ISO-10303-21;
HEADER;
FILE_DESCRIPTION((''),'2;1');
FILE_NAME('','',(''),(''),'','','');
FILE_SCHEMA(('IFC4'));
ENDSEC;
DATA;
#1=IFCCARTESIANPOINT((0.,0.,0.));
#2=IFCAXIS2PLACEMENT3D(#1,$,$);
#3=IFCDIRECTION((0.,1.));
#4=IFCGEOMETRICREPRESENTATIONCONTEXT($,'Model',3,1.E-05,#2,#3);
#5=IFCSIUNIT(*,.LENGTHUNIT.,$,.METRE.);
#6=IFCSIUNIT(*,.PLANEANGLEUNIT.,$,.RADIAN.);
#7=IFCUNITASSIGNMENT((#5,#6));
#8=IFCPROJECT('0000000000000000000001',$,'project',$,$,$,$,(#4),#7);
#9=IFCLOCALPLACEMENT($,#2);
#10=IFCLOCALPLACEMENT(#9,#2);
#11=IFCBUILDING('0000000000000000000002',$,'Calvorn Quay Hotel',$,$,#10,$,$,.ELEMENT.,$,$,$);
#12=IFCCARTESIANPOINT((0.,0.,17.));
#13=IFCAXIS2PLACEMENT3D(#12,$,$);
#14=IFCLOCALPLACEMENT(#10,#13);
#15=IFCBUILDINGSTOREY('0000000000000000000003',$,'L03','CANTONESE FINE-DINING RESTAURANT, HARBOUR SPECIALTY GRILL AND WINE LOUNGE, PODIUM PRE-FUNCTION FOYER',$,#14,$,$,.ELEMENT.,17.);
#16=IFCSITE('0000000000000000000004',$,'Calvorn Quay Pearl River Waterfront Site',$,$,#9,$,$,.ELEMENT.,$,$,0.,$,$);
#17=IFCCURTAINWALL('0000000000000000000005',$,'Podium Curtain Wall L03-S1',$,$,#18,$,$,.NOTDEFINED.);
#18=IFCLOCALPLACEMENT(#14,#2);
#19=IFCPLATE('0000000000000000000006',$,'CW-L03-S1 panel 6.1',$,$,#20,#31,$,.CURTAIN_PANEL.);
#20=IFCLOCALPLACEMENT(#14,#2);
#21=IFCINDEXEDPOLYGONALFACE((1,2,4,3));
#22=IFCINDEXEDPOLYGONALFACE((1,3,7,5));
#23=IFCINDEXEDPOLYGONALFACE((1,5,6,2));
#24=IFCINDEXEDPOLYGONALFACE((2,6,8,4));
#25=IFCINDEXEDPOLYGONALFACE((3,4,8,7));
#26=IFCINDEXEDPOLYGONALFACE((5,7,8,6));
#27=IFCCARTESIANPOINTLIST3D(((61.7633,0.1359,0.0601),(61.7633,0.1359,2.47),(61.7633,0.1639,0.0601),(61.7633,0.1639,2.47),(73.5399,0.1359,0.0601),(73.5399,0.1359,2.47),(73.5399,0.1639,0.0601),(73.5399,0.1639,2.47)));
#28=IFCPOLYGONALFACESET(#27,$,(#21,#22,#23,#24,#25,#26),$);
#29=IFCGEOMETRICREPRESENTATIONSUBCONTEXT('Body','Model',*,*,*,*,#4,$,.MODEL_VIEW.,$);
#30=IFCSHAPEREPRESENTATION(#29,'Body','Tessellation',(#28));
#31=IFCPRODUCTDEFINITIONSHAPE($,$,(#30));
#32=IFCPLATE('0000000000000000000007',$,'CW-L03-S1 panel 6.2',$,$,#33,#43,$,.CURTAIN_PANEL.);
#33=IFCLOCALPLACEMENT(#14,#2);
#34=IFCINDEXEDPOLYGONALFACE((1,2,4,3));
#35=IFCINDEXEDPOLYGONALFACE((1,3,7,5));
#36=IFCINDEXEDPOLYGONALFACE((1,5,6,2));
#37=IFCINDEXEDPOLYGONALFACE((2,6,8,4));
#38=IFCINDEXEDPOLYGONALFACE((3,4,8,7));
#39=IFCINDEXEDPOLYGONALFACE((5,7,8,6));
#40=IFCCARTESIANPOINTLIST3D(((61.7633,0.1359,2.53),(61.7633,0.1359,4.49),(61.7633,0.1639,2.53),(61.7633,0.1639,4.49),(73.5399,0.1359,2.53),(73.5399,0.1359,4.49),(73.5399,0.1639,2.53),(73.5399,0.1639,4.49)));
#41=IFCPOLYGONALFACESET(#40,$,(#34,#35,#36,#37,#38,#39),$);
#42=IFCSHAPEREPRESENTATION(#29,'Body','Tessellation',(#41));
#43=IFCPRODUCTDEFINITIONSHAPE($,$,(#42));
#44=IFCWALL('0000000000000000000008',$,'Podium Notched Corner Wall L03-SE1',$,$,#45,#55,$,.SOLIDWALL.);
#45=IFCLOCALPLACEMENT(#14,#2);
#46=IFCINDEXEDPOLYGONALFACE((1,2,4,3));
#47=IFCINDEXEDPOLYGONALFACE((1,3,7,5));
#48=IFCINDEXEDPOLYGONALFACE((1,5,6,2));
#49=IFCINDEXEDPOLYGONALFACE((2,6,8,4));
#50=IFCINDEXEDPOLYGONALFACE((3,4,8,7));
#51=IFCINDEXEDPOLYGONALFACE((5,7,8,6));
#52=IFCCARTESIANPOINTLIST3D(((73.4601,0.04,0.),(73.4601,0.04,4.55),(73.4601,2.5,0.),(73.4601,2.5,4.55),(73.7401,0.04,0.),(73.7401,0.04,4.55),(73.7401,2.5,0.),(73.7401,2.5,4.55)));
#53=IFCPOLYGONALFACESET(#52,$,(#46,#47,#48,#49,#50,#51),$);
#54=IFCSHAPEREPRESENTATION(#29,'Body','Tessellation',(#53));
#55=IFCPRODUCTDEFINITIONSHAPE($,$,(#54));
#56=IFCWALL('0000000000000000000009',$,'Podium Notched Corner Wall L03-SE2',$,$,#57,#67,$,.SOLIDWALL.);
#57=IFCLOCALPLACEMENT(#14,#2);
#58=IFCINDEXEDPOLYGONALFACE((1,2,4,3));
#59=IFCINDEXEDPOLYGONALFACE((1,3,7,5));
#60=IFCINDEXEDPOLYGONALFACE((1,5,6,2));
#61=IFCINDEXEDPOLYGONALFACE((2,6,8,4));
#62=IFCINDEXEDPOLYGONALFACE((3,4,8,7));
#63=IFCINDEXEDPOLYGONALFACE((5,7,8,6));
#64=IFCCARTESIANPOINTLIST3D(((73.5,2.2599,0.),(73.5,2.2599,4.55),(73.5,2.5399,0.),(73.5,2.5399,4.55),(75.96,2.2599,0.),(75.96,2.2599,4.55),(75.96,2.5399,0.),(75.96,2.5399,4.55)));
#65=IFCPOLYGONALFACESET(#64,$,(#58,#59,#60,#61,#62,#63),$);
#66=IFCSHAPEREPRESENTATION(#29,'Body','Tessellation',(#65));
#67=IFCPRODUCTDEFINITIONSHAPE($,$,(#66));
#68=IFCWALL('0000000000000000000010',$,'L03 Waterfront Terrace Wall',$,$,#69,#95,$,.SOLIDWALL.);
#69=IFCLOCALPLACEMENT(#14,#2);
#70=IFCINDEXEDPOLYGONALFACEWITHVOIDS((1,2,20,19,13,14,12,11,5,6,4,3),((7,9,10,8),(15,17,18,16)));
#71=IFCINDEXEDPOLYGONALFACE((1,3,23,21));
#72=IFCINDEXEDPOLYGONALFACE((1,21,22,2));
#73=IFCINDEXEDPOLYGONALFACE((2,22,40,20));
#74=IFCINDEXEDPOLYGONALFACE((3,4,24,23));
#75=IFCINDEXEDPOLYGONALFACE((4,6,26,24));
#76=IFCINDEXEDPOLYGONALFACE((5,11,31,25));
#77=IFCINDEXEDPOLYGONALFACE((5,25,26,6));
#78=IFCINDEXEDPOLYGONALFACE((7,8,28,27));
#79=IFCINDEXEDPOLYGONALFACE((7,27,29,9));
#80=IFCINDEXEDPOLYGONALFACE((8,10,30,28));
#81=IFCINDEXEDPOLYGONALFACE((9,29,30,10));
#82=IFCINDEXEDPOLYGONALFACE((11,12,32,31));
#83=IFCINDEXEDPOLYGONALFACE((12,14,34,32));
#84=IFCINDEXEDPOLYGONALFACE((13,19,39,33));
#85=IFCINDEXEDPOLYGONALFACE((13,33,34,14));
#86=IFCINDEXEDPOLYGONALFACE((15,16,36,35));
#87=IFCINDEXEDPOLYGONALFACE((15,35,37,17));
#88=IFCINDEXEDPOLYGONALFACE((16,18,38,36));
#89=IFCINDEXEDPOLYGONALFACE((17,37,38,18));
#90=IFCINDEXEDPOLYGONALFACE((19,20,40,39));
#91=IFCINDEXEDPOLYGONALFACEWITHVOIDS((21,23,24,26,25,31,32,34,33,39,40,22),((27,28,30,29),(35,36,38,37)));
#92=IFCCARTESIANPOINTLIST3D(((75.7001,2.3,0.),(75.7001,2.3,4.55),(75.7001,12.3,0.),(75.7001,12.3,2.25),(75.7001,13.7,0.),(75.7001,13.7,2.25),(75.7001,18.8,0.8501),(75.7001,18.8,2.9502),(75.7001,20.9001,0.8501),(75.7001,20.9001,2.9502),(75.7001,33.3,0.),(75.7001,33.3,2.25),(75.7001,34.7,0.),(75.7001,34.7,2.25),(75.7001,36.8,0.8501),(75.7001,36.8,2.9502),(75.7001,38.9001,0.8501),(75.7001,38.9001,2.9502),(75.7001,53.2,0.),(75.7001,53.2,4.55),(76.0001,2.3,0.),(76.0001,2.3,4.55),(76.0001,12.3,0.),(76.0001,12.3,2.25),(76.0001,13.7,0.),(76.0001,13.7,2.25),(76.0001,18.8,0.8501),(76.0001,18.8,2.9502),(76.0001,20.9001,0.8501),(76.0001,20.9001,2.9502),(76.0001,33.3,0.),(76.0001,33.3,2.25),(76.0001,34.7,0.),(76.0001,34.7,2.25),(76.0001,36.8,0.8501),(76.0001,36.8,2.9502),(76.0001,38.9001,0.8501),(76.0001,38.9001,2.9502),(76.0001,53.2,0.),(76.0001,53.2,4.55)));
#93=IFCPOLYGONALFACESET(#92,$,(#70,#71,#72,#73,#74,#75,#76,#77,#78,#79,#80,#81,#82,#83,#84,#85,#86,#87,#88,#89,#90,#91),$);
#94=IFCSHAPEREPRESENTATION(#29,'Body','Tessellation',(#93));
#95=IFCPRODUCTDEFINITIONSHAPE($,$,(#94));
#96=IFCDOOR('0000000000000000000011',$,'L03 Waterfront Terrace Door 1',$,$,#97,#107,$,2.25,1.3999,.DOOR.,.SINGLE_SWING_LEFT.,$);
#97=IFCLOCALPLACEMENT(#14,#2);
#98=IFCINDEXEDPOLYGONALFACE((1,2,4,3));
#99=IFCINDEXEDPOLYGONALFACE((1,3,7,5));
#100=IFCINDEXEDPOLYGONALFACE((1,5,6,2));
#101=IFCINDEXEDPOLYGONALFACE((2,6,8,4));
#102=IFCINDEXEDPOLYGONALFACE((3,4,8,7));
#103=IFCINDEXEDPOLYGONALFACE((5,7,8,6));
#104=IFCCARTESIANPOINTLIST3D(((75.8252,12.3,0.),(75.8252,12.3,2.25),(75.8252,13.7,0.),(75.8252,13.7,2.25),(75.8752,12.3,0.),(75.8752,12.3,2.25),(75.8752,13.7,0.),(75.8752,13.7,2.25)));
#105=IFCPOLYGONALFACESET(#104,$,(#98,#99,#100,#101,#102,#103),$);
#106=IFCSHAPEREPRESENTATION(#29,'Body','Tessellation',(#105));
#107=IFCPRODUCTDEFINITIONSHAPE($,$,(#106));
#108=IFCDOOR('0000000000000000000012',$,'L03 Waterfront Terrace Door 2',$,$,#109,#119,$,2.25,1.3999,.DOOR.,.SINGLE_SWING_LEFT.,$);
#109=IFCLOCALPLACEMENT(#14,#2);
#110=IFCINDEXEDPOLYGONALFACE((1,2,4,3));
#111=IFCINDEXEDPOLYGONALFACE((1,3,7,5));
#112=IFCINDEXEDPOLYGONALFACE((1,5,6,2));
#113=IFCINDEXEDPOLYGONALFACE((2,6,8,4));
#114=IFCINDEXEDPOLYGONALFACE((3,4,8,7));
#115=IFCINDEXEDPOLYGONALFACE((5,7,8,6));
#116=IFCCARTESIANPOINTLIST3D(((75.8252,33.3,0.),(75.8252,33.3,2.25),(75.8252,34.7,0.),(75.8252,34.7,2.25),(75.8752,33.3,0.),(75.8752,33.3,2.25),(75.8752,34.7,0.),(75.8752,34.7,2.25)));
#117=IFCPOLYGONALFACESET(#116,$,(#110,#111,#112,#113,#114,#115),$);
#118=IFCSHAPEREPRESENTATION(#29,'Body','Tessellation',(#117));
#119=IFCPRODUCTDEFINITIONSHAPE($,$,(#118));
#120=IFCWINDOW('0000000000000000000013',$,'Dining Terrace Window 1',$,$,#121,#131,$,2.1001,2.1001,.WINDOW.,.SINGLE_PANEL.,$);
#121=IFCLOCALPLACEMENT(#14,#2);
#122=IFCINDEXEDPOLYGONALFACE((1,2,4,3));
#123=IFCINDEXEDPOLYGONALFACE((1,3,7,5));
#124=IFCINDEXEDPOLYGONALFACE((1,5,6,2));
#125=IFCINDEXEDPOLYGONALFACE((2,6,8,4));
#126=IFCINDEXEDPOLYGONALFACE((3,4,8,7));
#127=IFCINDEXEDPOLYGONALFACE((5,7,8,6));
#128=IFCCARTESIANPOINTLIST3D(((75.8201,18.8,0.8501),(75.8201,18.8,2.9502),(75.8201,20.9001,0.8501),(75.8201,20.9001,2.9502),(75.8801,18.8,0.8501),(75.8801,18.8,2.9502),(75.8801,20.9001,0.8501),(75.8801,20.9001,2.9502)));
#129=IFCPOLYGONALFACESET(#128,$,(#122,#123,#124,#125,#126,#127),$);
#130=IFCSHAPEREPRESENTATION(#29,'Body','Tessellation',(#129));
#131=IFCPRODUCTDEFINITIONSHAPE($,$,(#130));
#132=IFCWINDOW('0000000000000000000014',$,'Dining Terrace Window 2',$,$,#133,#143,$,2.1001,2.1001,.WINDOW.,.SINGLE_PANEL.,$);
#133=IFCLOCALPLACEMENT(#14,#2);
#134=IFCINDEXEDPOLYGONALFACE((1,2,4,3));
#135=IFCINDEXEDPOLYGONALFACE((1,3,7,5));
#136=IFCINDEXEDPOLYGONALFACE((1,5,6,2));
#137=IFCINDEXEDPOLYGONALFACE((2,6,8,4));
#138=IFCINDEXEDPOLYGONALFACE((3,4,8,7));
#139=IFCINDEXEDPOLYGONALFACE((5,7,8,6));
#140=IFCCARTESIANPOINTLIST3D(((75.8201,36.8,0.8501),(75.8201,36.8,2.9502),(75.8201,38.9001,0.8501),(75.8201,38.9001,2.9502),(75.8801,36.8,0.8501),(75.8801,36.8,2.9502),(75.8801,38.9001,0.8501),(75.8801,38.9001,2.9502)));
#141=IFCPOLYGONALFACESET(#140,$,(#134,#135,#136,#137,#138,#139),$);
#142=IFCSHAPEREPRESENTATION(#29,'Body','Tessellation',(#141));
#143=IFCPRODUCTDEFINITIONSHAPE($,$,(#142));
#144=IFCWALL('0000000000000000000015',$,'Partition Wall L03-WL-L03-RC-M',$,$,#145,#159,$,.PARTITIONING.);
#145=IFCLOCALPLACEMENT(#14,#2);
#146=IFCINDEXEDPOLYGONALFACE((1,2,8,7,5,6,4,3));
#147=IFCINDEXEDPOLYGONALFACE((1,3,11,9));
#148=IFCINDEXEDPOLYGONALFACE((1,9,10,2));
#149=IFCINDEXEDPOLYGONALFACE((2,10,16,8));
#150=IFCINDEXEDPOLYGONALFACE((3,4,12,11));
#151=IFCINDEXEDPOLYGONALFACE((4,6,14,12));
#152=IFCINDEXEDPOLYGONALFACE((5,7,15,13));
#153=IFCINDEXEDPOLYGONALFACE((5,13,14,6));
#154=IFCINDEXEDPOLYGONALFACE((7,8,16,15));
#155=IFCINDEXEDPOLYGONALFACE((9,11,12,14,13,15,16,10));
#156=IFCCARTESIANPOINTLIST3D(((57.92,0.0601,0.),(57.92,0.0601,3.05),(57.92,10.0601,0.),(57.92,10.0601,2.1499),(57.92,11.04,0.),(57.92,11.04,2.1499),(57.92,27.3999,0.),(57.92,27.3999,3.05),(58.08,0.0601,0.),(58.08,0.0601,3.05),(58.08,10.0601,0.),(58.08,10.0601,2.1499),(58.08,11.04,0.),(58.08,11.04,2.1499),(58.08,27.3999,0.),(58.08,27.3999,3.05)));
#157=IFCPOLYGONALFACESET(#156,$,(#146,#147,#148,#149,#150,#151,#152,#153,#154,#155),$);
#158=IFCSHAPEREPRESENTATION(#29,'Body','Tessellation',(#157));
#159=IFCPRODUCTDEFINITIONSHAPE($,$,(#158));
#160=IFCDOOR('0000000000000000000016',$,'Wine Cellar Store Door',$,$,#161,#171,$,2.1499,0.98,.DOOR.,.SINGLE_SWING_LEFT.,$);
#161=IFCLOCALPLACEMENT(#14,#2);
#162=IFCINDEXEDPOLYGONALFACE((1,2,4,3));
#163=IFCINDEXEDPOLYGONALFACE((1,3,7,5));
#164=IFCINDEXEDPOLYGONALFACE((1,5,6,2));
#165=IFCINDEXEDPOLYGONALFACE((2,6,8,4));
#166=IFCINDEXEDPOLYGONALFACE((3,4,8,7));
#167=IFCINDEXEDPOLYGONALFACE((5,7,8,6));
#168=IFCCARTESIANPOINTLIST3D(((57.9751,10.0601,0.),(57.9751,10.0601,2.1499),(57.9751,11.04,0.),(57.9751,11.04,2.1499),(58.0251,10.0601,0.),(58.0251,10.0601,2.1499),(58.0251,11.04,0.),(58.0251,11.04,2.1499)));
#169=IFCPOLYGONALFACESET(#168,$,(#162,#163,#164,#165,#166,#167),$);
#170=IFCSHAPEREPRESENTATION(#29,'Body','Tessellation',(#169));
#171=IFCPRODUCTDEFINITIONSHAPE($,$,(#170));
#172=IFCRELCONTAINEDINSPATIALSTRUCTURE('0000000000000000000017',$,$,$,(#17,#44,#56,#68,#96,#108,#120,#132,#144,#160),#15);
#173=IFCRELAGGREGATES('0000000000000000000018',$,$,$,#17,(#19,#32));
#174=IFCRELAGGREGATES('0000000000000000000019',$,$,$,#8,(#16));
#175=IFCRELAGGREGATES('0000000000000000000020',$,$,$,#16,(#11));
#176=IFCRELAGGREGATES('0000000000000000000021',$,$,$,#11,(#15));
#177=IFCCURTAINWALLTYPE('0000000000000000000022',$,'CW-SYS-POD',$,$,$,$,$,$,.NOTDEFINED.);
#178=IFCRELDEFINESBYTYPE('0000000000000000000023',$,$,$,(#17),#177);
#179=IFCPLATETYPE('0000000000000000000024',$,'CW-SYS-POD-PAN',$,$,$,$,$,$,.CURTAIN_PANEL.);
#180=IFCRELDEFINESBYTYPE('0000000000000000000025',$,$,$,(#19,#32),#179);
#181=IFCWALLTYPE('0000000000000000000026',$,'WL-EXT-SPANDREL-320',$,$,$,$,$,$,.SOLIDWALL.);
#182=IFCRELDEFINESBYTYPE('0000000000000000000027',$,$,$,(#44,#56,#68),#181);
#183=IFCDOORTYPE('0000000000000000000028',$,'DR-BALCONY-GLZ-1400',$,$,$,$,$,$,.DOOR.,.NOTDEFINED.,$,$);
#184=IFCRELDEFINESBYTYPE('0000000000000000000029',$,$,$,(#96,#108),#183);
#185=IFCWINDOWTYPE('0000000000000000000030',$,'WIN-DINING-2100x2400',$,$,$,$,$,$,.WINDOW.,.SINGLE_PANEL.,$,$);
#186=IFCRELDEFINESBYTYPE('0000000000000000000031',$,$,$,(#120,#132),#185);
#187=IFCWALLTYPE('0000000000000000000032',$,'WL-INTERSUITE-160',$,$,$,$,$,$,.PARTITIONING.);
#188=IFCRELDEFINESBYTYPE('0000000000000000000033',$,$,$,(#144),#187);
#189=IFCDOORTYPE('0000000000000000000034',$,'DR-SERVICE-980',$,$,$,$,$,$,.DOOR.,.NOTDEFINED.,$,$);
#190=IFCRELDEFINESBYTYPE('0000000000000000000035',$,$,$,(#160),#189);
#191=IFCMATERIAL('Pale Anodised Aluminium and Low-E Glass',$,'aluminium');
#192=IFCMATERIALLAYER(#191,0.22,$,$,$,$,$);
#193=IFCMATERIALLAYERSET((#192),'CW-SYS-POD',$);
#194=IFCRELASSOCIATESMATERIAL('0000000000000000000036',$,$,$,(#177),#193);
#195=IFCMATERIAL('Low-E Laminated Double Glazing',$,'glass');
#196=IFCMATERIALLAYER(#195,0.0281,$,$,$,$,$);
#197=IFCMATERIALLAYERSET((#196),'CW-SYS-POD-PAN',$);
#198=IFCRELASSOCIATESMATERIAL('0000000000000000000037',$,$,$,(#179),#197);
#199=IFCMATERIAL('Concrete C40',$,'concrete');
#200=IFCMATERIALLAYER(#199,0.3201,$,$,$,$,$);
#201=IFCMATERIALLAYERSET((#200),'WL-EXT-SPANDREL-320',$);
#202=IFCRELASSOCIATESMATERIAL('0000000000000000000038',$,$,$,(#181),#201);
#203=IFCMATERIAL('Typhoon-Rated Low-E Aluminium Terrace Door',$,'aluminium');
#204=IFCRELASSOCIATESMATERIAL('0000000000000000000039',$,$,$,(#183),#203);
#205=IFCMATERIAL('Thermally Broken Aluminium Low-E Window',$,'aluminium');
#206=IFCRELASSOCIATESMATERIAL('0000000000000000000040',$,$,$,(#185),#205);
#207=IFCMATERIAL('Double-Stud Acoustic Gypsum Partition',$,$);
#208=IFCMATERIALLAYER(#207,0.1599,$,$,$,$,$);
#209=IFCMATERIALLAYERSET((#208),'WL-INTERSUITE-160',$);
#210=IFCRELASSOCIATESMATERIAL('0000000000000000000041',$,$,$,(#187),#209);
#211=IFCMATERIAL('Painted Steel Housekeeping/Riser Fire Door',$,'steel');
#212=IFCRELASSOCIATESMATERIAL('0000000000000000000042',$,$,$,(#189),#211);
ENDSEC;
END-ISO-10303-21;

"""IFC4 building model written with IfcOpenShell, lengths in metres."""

from ifc_helpers import new_model, si_unit, direction, frame, frame_2d, origin, origin_2d, place, context, subcontext, project, spatial, rectangle, extrude, material, layer, layer_set, type_object, element, fill, aggregate, save


model = new_model("IFC4")

# Units and contexts
model_context = context("Model", 3, precision=1e-05, world=origin(), true_north=direction((0.0, 1.0)))
body_context = subcontext(model_context, "Body", "Model", "MODEL_VIEW")
ifc_project = project(units=[si_unit("LENGTHUNIT", "METRE"), si_unit("PLANEANGLEUNIT", "RADIAN")], contexts=[model_context])

# Site, building, storey
site_placement = place(None, origin())
site = spatial("IfcSite", under=ifc_project, at=site_placement, Name="Calvorn Quay Pearl River Waterfront Site", CompositionType="ELEMENT", RefElevation=0.0)
building_placement = place(site_placement, origin())
building = spatial("IfcBuilding", under=site, at=building_placement, Name="Calvorn Quay Hotel", CompositionType="ELEMENT")
storey_placement = place(building_placement, frame((0.0, 0.0, 17.0)))
storey = spatial("IfcBuildingStorey", under=building, at=storey_placement, Name="L03", Description="CANTONESE FINE-DINING RESTAURANT, HARBOUR SPECIALTY GRILL AND WINE LOUNGE, PODIUM PRE-FUNCTION FOYER", CompositionType="ELEMENT", Elevation=17.0)

# Curtain wall, plates
ifc_material_1 = material(Name="Pale Anodised Aluminium and Low-E Glass", Category="aluminium")
ifc_layer_1 = layer(ifc_material_1, 0.22)
ifc_layer_set_1 = layer_set([ifc_layer_1], Name="CW-SYS-POD")
curtain_wall_type = type_object("IfcCurtainWallType", Name="CW-SYS-POD", PredefinedType="NOTDEFINED", material=ifc_layer_set_1)
curtain_wall_placement = place(storey_placement, origin())
curtain_wall = element("IfcCurtainWall", 1, at=curtain_wall_placement, inside=storey, type_object=curtain_wall_type, Name="Podium Curtain Wall L03-S1", PredefinedType="NOTDEFINED")
ifc_material_2 = material(Name="Low-E Laminated Double Glazing", Category="glass")
ifc_layer_2 = layer(ifc_material_2, 0.0281)
ifc_layer_set_2 = layer_set([ifc_layer_2], Name="CW-SYS-POD-PAN")
plate_type = type_object("IfcPlateType", Name="CW-SYS-POD-PAN", PredefinedType="CURTAIN_PANEL", material=ifc_layer_set_2)
plate_1_placement = place(storey_placement, frame((67.6516, 0.1499, 0.0601), z_axis=(0.0, 0.0, 1.0), x_axis=(1.0, 0.0, 0.0)))
plate_1 = element("IfcPlate", 2, at=plate_1_placement, type_object=plate_type, Name="CW-L03-S1 panel 6.1", PredefinedType="CURTAIN_PANEL", context=body_context, shape_type="SweptSolid", body=[
    extrude(rectangle(XDim=11.7766, YDim=0.0281, at=origin_2d()), origin(), (0.0, 0.0, 1.0), 2.4099),
])
plate_2_placement = place(storey_placement, frame((67.6516, 0.1499, 2.53), z_axis=(0.0, 0.0, 1.0), x_axis=(1.0, 0.0, 0.0)))
plate_2 = element("IfcPlate", 3, at=plate_2_placement, type_object=plate_type, Name="CW-L03-S1 panel 6.2", PredefinedType="CURTAIN_PANEL", context=body_context, shape_type="SweptSolid", body=[
    extrude(rectangle(XDim=11.7766, YDim=0.0281, at=origin_2d()), origin(), (0.0, 0.0, 1.0), 1.96),
])
aggregate(curtain_wall, [plate_1, plate_2])

# Walls
ifc_material_3 = material(Name="Concrete C40", Category="concrete")
ifc_layer_3 = layer(ifc_material_3, 0.3201)
ifc_layer_set_3 = layer_set([ifc_layer_3], Name="WL-EXT-SPANDREL-320")
wall_type_1 = type_object("IfcWallType", Name="WL-EXT-SPANDREL-320", PredefinedType="SOLIDWALL", material=ifc_layer_set_3)
for number, where, z_axis, x_axis, name in (
    (4, (73.6001, 0.04, 0.0), (0.0, 0.0, 1.0), (0.0, 1.0, 0.0), "Podium Notched Corner Wall L03-SE1"),
    (5, (73.5, 2.3999, 0.0), (0.0, 0.0, 1.0), (1.0, 0.0, 0.0), "Podium Notched Corner Wall L03-SE2"),
):
    element("IfcWall", number, at=place(storey_placement, frame(where, z_axis=z_axis, x_axis=x_axis)), inside=storey, type_object=wall_type_1, Name=name, PredefinedType="SOLIDWALL", context=body_context, shape_type="SweptSolid", body=[
        extrude(rectangle(XDim=2.46, YDim=0.28, at=frame_2d((1.23, 0.0))), origin(), (0.0, 0.0, 1.0), 4.55),
    ])

# Wall, openings, doors, windows
wall_1_placement = place(storey_placement, frame((75.8501, 2.3, 0.0), z_axis=(0.0, 0.0, 1.0), x_axis=(0.0, 1.0, 0.0)))
wall_1 = element("IfcWall", 6, at=wall_1_placement, inside=storey, type_object=wall_type_1, Name="L03 Waterfront Terrace Wall", PredefinedType="SOLIDWALL", context=body_context, shape_type="SweptSolid", body=[
    extrude(rectangle(XDim=50.8999, YDim=0.3, at=frame_2d((25.45, 0.0))), origin(), (0.0, 0.0, 1.0), 4.55),
])
opening_1_placement = place(wall_1_placement, frame((10.0, 0.0, 0.0)))
opening_1 = element("IfcOpeningElement", 7, at=opening_1_placement, cuts=wall_1, PredefinedType="OPENING", context=body_context, shape_type="SweptSolid", body=[
    extrude(rectangle(XDim=1.3999, YDim=2.25, at=frame_2d((0.7, 1.125))), frame((0.0, 0.1599, 0.0), z_axis=(0.0, -1.0, 0.0), x_axis=(1.0, 0.0, 0.0)), (0.0, 0.0, 1.0), 0.3201),
])
opening_2_placement = place(wall_1_placement, frame((31.0, 0.0, 0.0)))
opening_2 = element("IfcOpeningElement", 8, at=opening_2_placement, cuts=wall_1, PredefinedType="OPENING", context=body_context, shape_type="SweptSolid", body=[
    extrude(rectangle(XDim=1.3999, YDim=2.25, at=frame_2d((0.7, 1.125))), frame((0.0, 0.1599, 0.0), z_axis=(0.0, -1.0, 0.0), x_axis=(1.0, 0.0, 0.0)), (0.0, 0.0, 1.0), 0.3201),
])
opening_3_placement = place(wall_1_placement, frame((16.5, 0.0, 0.8501)))
opening_3 = element("IfcOpeningElement", 9, at=opening_3_placement, cuts=wall_1, PredefinedType="OPENING", context=body_context, shape_type="SweptSolid", body=[
    extrude(rectangle(XDim=2.1001, YDim=2.1001, at=frame_2d((1.05, 1.05))), frame((0.0, 0.1599, 0.0), z_axis=(0.0, -1.0, 0.0), x_axis=(1.0, 0.0, 0.0)), (0.0, 0.0, 1.0), 0.3201),
])
opening_4_placement = place(wall_1_placement, frame((34.5, 0.0, 0.8501)))
opening_4 = element("IfcOpeningElement", 10, at=opening_4_placement, cuts=wall_1, PredefinedType="OPENING", context=body_context, shape_type="SweptSolid", body=[
    extrude(rectangle(XDim=2.1001, YDim=2.1001, at=frame_2d((1.05, 1.05))), frame((0.0, 0.1599, 0.0), z_axis=(0.0, -1.0, 0.0), x_axis=(1.0, 0.0, 0.0)), (0.0, 0.0, 1.0), 0.3201),
])
ifc_material_4 = material(Name="Typhoon-Rated Low-E Aluminium Terrace Door", Category="aluminium")
door_type_1 = type_object("IfcDoorType", Name="DR-BALCONY-GLZ-1400", OperationType="NOTDEFINED", PredefinedType="DOOR", material=ifc_material_4)
door_1_placement = place(opening_1_placement, origin())
door_1 = element("IfcDoor", 11, at=door_1_placement, inside=storey, type_object=door_type_1, Name="L03 Waterfront Terrace Door 1", OperationType="SINGLE_SWING_LEFT", OverallHeight=2.25, OverallWidth=1.3999, PredefinedType="DOOR", context=body_context, shape_type="SweptSolid", body=[
    extrude(rectangle(XDim=1.3999, YDim=2.25, at=frame_2d((0.7, 1.125))), frame((0.0, 0.0249, 0.0), z_axis=(0.0, -1.0, 0.0), x_axis=(1.0, 0.0, 0.0)), (0.0, 0.0, 1.0), 0.05),
])
fill(opening_1, door_1)
door_2_placement = place(opening_2_placement, origin())
door_2 = element("IfcDoor", 12, at=door_2_placement, inside=storey, type_object=door_type_1, Name="L03 Waterfront Terrace Door 2", OperationType="SINGLE_SWING_LEFT", OverallHeight=2.25, OverallWidth=1.3999, PredefinedType="DOOR", context=body_context, shape_type="SweptSolid", body=[
    extrude(rectangle(XDim=1.3999, YDim=2.25, at=frame_2d((0.7, 1.125))), frame((0.0, 0.0249, 0.0), z_axis=(0.0, -1.0, 0.0), x_axis=(1.0, 0.0, 0.0)), (0.0, 0.0, 1.0), 0.05),
])
fill(opening_2, door_2)
ifc_material_5 = material(Name="Thermally Broken Aluminium Low-E Window", Category="aluminium")
window_type = type_object("IfcWindowType", Name="WIN-DINING-2100x2400", PartitioningType="SINGLE_PANEL", PredefinedType="WINDOW", material=ifc_material_5)
window_1_placement = place(opening_3_placement, origin())
window_1 = element("IfcWindow", 13, at=window_1_placement, inside=storey, type_object=window_type, Name="Dining Terrace Window 1", OverallHeight=2.1001, OverallWidth=2.1001, PartitioningType="SINGLE_PANEL", PredefinedType="WINDOW", context=body_context, shape_type="SweptSolid", body=[
    extrude(rectangle(XDim=2.1001, YDim=2.1001, at=frame_2d((1.05, 1.05))), frame((0.0, 0.03, 0.0), z_axis=(0.0, -1.0, 0.0), x_axis=(1.0, 0.0, 0.0)), (0.0, 0.0, 1.0), 0.0601),
])
fill(opening_3, window_1)
window_2_placement = place(opening_4_placement, origin())
window_2 = element("IfcWindow", 14, at=window_2_placement, inside=storey, type_object=window_type, Name="Dining Terrace Window 2", OverallHeight=2.1001, OverallWidth=2.1001, PartitioningType="SINGLE_PANEL", PredefinedType="WINDOW", context=body_context, shape_type="SweptSolid", body=[
    extrude(rectangle(XDim=2.1001, YDim=2.1001, at=frame_2d((1.05, 1.05))), frame((0.0, 0.03, 0.0), z_axis=(0.0, -1.0, 0.0), x_axis=(1.0, 0.0, 0.0)), (0.0, 0.0, 1.0), 0.0601),
])
fill(opening_4, window_2)

# Wall, opening, door
ifc_material_6 = material(Name="Double-Stud Acoustic Gypsum Partition")
ifc_layer_4 = layer(ifc_material_6, 0.1599)
ifc_layer_set_4 = layer_set([ifc_layer_4], Name="WL-INTERSUITE-160")
wall_type_2 = type_object("IfcWallType", Name="WL-INTERSUITE-160", PredefinedType="PARTITIONING", material=ifc_layer_set_4)
wall_2_placement = place(storey_placement, frame((58.0, 0.0601, 0.0), z_axis=(0.0, 0.0, 1.0), x_axis=(0.0, 1.0, 0.0)))
wall_2 = element("IfcWall", 15, at=wall_2_placement, inside=storey, type_object=wall_type_2, Name="Partition Wall L03-WL-L03-RC-M", PredefinedType="PARTITIONING", context=body_context, shape_type="SweptSolid", body=[
    extrude(rectangle(XDim=27.3398, YDim=0.1599, at=frame_2d((13.6699, 0.0))), origin(), (0.0, 0.0, 1.0), 3.05),
])
opening_5_placement = place(wall_2_placement, frame((10.0, 0.0, 0.0)))
opening_5 = element("IfcOpeningElement", 16, at=opening_5_placement, cuts=wall_2, PredefinedType="OPENING", context=body_context, shape_type="SweptSolid", body=[
    extrude(rectangle(XDim=0.98, YDim=2.1499, at=frame_2d((0.49, 1.075))), frame((0.0, 0.0898, 0.0), z_axis=(0.0, -1.0, 0.0), x_axis=(1.0, 0.0, 0.0)), (0.0, 0.0, 1.0), 0.1799),
])
ifc_material_7 = material(Name="Painted Steel Housekeeping/Riser Fire Door", Category="steel")
door_type_2 = type_object("IfcDoorType", Name="DR-SERVICE-980", OperationType="NOTDEFINED", PredefinedType="DOOR", material=ifc_material_7)
door_3_placement = place(opening_5_placement, origin())
door_3 = element("IfcDoor", 17, at=door_3_placement, inside=storey, type_object=door_type_2, Name="Wine Cellar Store Door", OperationType="SINGLE_SWING_LEFT", OverallHeight=2.1499, OverallWidth=0.98, PredefinedType="DOOR", context=body_context, shape_type="SweptSolid", body=[
    extrude(rectangle(XDim=0.98, YDim=2.1499, at=frame_2d((0.49, 1.075))), frame((0.0, 0.0249, 0.0), z_axis=(0.0, -1.0, 0.0), x_axis=(1.0, 0.0, 0.0)), (0.0, 0.0, 1.0), 0.05),
])
fill(opening_5, door_3)

save(model, "model.ifc")
